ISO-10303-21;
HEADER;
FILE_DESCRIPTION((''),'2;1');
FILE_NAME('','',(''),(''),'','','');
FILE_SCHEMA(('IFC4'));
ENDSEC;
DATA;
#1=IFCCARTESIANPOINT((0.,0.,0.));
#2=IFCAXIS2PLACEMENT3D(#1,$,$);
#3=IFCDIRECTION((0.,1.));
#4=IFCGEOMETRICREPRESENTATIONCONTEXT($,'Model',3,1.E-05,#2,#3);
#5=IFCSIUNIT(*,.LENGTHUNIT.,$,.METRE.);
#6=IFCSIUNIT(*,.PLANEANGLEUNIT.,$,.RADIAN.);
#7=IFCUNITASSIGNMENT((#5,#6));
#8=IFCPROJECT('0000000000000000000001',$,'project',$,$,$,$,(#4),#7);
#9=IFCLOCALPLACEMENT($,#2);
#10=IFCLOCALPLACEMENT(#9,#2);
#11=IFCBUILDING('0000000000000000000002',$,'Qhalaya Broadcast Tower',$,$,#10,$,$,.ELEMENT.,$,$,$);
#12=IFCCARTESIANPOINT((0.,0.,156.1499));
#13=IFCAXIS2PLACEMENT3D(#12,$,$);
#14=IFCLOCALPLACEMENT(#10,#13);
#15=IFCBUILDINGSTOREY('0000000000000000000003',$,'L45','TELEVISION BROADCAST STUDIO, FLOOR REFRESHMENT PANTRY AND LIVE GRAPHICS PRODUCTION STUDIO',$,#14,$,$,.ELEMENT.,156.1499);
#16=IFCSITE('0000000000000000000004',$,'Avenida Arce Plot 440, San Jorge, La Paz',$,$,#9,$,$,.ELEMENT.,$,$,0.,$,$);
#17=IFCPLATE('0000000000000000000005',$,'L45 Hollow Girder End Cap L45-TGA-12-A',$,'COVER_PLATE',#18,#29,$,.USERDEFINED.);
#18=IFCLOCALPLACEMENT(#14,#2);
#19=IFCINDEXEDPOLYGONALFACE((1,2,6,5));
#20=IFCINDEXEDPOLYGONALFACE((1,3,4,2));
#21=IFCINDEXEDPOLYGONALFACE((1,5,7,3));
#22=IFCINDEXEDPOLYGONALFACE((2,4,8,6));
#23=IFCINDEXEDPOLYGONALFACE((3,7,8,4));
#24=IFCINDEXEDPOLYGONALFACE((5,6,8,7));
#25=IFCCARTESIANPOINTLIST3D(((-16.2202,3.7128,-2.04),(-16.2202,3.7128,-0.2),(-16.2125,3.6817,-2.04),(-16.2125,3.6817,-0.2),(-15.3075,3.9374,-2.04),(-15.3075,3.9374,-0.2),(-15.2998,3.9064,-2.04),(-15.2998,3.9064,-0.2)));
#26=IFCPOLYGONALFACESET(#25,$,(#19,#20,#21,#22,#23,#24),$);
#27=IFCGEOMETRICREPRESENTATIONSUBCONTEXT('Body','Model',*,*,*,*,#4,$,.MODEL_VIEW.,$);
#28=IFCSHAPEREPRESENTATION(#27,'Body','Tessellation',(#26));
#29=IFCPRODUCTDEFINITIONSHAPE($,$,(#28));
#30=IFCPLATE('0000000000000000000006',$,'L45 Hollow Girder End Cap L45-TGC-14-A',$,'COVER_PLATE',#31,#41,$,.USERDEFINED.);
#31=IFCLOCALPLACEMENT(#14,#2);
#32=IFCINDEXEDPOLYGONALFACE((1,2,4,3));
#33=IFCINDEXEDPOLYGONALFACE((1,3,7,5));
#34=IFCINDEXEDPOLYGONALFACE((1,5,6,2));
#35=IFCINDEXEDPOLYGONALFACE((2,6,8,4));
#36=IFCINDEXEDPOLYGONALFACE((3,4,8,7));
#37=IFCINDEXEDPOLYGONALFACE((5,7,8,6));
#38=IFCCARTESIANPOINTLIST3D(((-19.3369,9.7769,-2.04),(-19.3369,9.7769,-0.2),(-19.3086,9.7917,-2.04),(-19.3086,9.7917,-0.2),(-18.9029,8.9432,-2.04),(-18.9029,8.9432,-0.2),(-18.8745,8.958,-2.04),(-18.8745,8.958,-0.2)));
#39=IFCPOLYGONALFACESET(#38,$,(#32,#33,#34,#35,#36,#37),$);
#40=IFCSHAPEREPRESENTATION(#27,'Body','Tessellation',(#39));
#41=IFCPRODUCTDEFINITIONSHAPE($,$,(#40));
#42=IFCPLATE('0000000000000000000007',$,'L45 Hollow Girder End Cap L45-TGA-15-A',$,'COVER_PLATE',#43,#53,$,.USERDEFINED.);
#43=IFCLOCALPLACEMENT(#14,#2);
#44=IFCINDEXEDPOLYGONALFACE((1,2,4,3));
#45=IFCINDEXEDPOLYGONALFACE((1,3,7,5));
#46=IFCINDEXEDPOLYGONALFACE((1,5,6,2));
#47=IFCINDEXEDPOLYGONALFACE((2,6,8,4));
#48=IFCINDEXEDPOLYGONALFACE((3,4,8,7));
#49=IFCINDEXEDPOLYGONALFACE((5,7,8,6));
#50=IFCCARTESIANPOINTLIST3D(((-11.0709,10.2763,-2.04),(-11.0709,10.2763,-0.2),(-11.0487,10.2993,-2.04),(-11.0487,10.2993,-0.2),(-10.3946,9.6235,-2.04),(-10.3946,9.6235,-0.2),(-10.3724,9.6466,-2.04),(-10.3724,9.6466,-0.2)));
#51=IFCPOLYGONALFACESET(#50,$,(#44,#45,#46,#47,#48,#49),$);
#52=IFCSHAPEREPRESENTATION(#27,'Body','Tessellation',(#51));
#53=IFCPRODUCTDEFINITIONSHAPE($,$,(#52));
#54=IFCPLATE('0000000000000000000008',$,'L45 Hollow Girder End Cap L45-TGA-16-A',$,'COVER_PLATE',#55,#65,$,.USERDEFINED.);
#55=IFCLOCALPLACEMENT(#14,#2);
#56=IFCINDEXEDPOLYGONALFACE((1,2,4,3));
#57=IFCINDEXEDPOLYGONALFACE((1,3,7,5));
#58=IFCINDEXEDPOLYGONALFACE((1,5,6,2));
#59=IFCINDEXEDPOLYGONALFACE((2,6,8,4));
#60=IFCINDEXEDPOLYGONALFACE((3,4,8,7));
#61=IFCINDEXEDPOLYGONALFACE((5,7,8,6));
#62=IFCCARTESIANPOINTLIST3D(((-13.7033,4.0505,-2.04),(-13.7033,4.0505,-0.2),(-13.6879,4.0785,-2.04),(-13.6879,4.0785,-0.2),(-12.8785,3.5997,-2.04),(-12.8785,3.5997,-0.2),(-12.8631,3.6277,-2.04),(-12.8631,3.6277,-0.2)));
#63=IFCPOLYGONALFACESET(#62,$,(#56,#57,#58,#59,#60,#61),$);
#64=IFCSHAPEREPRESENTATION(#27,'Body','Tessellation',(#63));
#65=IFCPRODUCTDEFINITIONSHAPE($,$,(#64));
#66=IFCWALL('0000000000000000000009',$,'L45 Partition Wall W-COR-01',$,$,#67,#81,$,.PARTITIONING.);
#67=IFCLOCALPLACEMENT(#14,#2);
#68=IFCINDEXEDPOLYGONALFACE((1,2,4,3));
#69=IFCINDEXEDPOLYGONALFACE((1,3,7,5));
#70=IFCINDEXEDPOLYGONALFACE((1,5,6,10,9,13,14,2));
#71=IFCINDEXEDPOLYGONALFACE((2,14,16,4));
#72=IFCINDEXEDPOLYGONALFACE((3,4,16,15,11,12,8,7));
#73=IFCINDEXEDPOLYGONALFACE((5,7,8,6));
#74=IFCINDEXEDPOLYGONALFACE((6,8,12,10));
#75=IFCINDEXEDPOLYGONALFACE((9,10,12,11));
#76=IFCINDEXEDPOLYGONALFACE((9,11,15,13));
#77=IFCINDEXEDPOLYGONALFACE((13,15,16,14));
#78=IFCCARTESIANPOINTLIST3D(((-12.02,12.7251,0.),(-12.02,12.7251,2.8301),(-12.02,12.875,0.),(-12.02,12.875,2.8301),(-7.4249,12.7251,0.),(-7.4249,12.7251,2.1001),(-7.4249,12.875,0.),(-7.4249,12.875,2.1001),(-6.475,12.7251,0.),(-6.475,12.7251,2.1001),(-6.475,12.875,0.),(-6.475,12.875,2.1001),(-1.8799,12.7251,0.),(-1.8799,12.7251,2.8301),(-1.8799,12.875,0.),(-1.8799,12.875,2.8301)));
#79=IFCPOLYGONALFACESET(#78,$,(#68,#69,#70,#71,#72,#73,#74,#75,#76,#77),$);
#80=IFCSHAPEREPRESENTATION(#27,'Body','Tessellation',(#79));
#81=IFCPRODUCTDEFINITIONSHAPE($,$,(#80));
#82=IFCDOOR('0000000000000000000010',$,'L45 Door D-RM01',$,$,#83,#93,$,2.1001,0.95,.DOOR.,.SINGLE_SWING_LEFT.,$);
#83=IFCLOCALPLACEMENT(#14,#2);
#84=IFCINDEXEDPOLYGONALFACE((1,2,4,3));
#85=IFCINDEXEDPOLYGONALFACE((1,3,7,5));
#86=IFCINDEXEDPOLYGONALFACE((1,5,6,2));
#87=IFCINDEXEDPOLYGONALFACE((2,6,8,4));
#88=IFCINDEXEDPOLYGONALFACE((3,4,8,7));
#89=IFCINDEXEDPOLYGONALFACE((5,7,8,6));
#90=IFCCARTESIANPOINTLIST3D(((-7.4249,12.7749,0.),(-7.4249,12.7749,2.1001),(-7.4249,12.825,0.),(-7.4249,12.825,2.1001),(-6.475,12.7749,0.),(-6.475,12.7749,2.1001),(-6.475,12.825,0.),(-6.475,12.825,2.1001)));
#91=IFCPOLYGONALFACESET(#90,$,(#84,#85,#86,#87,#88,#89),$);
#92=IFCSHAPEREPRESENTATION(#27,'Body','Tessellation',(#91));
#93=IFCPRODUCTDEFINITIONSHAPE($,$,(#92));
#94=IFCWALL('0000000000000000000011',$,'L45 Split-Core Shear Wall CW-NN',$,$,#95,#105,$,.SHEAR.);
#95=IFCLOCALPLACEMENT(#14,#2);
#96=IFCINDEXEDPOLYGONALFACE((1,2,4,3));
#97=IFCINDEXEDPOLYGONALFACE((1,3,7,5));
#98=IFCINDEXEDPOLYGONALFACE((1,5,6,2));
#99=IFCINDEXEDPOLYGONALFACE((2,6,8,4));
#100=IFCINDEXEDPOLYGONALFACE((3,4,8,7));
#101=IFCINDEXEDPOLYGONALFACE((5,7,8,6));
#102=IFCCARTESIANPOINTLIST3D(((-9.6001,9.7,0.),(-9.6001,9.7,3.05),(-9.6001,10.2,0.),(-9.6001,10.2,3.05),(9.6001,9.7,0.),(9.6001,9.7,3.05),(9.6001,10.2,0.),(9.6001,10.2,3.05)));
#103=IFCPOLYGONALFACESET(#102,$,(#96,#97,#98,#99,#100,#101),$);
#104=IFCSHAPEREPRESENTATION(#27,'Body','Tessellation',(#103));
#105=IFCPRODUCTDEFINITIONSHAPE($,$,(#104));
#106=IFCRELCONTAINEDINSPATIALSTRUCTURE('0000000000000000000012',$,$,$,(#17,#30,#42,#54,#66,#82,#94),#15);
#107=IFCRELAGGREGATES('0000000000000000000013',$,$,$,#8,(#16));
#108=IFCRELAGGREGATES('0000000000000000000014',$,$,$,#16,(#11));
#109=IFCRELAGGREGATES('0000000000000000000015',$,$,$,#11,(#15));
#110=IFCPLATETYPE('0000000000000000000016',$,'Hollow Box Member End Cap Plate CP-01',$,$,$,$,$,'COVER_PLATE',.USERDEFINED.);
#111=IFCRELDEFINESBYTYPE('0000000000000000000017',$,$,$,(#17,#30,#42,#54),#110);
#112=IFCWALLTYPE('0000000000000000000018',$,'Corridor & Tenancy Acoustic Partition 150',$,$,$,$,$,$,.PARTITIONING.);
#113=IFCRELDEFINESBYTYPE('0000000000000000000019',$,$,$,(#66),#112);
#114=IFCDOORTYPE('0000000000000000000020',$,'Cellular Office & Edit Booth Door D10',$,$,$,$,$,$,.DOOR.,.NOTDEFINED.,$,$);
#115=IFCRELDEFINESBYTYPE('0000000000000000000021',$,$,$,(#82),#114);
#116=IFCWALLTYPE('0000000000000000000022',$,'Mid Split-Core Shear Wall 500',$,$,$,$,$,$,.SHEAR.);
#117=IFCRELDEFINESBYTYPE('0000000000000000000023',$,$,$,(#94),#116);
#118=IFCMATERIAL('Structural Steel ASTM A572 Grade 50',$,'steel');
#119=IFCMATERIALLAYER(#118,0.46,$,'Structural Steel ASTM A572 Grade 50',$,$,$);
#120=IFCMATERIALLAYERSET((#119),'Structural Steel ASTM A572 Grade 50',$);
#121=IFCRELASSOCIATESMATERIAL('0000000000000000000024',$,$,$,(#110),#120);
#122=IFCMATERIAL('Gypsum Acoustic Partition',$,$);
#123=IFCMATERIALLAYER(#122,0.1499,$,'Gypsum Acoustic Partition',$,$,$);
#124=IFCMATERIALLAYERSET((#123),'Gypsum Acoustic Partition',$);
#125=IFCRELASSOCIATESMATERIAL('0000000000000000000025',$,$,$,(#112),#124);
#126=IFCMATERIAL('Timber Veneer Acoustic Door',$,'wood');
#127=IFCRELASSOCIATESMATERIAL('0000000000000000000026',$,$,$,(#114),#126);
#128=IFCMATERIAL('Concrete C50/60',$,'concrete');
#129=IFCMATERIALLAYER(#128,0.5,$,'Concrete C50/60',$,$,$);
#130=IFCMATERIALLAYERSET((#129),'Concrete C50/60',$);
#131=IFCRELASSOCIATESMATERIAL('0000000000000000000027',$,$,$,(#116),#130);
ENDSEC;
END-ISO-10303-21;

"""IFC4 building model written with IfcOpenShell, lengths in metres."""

from ifc_helpers import new_model, si_unit, direction, frame, frame_2d, origin, origin_2d, place, context, subcontext, project, spatial, rectangle, extrude, material, layer, layer_set, type_object, element, fill, save


model = new_model("IFC4")

# Units and contexts
model_context = context("Model", 3, precision=1e-05, world=origin(), true_north=direction((0.0, 1.0)))
body_context = subcontext(model_context, "Body", "Model", "MODEL_VIEW")
ifc_project = project(units=[si_unit("LENGTHUNIT", "METRE"), si_unit("PLANEANGLEUNIT", "RADIAN")], contexts=[model_context])

# Site, building, storey
site_placement = place(None, origin())
site = spatial("IfcSite", under=ifc_project, at=site_placement, Name="Avenida Arce Plot 440, San Jorge, La Paz", CompositionType="ELEMENT", RefElevation=0.0)
building_placement = place(site_placement, origin())
building = spatial("IfcBuilding", under=site, at=building_placement, Name="Qhalaya Broadcast Tower", CompositionType="ELEMENT")
storey_placement = place(building_placement, frame((0.0, 0.0, 156.1499)))
storey = spatial("IfcBuildingStorey", under=building, at=storey_placement, Name="L45", Description="TELEVISION BROADCAST STUDIO, FLOOR REFRESHMENT PANTRY AND LIVE GRAPHICS PRODUCTION STUDIO", CompositionType="ELEMENT", Elevation=156.1499)

# Shared definitions
ifc_material_1 = material(Name="Structural Steel ASTM A572 Grade 50", Category="steel")

# Plates
ifc_layer_1 = layer(ifc_material_1, 0.46, Name="Structural Steel ASTM A572 Grade 50")
ifc_layer_set_1 = layer_set([ifc_layer_1], Name="Structural Steel ASTM A572 Grade 50")
plate_type = type_object("IfcPlateType", Name="Hollow Box Member End Cap Plate CP-01", ElementType="COVER_PLATE", PredefinedType="USERDEFINED", material=ifc_layer_set_1)
for number, where, z_axis, x_axis, name in (
    (1, (-15.76, 3.8096, -2.04), (0.0, 0.0, 1.0), (-0.971018, -0.239008, 0.0), "L45 Hollow Girder End Cap L45-TGA-12-A"),
    (2, (-19.1057, 9.3674, -2.04), (0.0, 0.0, 1.0), (0.461795, -0.886987, 0.0), "L45 Hollow Girder End Cap L45-TGC-14-A"),
    (3, (-10.7217, 9.9614, -2.04), (0.0, 0.0, 1.0), (0.719522, -0.69447, 0.0), "L45 Hollow Girder End Cap L45-TGA-15-A"),
    (4, (-13.2832, 3.8391, -2.04), (0.0, 0.0, 1.0), (0.877481, -0.479611, 0.0), "L45 Hollow Girder End Cap L45-TGA-16-A"),
):
    element("IfcPlate", number, at=place(storey_placement, frame(where, z_axis=z_axis, x_axis=x_axis)), inside=storey, type_object=plate_type, Name=name, ObjectType="COVER_PLATE", PredefinedType="USERDEFINED", context=body_context, shape_type="SweptSolid", body=[
        extrude(rectangle(XDim=0.9399, YDim=0.032, at=origin_2d()), origin(), (0.0, 0.0, 1.0), 1.8401),
    ])

# Wall, opening, door
ifc_material_2 = material(Name="Gypsum Acoustic Partition")
ifc_layer_2 = layer(ifc_material_2, 0.1499, Name="Gypsum Acoustic Partition")
ifc_layer_set_2 = layer_set([ifc_layer_2], Name="Gypsum Acoustic Partition")
wall_type_1 = type_object("IfcWallType", Name="Corridor & Tenancy Acoustic Partition 150", PredefinedType="PARTITIONING", material=ifc_layer_set_2)
wall_1_placement = place(storey_placement, frame((-12.02, 12.8, 0.0), z_axis=(0.0, 0.0, 1.0), x_axis=(1.0, 0.0, 0.0)))
wall_1 = element("IfcWall", 5, at=wall_1_placement, inside=storey, type_object=wall_type_1, Name="L45 Partition Wall W-COR-01", PredefinedType="PARTITIONING", context=body_context, shape_type="SweptSolid", body=[
    extrude(rectangle(XDim=10.1401, YDim=0.1499, at=frame_2d((5.0701, 0.0))), origin(), (0.0, 0.0, 1.0), 2.8301),
])
opening_1_placement = place(wall_1_placement, frame((4.595, 0.0, 0.0)))
opening_1 = element("IfcOpeningElement", 6, at=opening_1_placement, cuts=wall_1, PredefinedType="OPENING", context=body_context, shape_type="SweptSolid", body=[
    extrude(rectangle(XDim=0.95, YDim=2.1001, at=frame_2d((0.4751, 1.05))), frame((0.0, 0.0869, 0.0), z_axis=(0.0, -1.0, 0.0), x_axis=(1.0, 0.0, 0.0)), (0.0, 0.0, 1.0), 0.1738),
])
ifc_material_3 = material(Name="Timber Veneer Acoustic Door", Category="wood")
door_type_1 = type_object("IfcDoorType", Name="Cellular Office & Edit Booth Door D10", OperationType="NOTDEFINED", PredefinedType="DOOR", material=ifc_material_3)
door_1_placement = place(opening_1_placement, origin())
door_1 = element("IfcDoor", 7, at=door_1_placement, inside=storey, type_object=door_type_1, Name="L45 Door D-RM01", OperationType="SINGLE_SWING_LEFT", OverallHeight=2.1001, OverallWidth=0.95, PredefinedType="DOOR", context=body_context, shape_type="SweptSolid", body=[
    extrude(rectangle(XDim=0.95, YDim=2.1001, at=frame_2d((0.4751, 1.05))), frame((0.0, 0.0249, 0.0), z_axis=(0.0, -1.0, 0.0), x_axis=(1.0, 0.0, 0.0)), (0.0, 0.0, 1.0), 0.05),
])
fill(opening_1, door_1)

# Wall
ifc_material_4 = material(Name="Concrete C50/60", Category="concrete")
ifc_layer_3 = layer(ifc_material_4, 0.5, Name="Concrete C50/60")
ifc_layer_set_3 = layer_set([ifc_layer_3], Name="Concrete C50/60")
wall_type_2 = type_object("IfcWallType", Name="Mid Split-Core Shear Wall 500", PredefinedType="SHEAR", material=ifc_layer_set_3)
wall_2_placement = place(storey_placement, frame((-9.6001, 9.95, 0.0), z_axis=(0.0, 0.0, 1.0), x_axis=(1.0, 0.0, 0.0)))
element("IfcWall", 8, at=wall_2_placement, inside=storey, type_object=wall_type_2, Name="L45 Split-Core Shear Wall CW-NN", PredefinedType="SHEAR", context=body_context, shape_type="SweptSolid", body=[
    extrude(rectangle(XDim=19.2002, YDim=0.5, at=frame_2d((9.6001, 0.0))), origin(), (0.0, 0.0, 1.0), 3.05),
])

save(model, "model.ifc")
